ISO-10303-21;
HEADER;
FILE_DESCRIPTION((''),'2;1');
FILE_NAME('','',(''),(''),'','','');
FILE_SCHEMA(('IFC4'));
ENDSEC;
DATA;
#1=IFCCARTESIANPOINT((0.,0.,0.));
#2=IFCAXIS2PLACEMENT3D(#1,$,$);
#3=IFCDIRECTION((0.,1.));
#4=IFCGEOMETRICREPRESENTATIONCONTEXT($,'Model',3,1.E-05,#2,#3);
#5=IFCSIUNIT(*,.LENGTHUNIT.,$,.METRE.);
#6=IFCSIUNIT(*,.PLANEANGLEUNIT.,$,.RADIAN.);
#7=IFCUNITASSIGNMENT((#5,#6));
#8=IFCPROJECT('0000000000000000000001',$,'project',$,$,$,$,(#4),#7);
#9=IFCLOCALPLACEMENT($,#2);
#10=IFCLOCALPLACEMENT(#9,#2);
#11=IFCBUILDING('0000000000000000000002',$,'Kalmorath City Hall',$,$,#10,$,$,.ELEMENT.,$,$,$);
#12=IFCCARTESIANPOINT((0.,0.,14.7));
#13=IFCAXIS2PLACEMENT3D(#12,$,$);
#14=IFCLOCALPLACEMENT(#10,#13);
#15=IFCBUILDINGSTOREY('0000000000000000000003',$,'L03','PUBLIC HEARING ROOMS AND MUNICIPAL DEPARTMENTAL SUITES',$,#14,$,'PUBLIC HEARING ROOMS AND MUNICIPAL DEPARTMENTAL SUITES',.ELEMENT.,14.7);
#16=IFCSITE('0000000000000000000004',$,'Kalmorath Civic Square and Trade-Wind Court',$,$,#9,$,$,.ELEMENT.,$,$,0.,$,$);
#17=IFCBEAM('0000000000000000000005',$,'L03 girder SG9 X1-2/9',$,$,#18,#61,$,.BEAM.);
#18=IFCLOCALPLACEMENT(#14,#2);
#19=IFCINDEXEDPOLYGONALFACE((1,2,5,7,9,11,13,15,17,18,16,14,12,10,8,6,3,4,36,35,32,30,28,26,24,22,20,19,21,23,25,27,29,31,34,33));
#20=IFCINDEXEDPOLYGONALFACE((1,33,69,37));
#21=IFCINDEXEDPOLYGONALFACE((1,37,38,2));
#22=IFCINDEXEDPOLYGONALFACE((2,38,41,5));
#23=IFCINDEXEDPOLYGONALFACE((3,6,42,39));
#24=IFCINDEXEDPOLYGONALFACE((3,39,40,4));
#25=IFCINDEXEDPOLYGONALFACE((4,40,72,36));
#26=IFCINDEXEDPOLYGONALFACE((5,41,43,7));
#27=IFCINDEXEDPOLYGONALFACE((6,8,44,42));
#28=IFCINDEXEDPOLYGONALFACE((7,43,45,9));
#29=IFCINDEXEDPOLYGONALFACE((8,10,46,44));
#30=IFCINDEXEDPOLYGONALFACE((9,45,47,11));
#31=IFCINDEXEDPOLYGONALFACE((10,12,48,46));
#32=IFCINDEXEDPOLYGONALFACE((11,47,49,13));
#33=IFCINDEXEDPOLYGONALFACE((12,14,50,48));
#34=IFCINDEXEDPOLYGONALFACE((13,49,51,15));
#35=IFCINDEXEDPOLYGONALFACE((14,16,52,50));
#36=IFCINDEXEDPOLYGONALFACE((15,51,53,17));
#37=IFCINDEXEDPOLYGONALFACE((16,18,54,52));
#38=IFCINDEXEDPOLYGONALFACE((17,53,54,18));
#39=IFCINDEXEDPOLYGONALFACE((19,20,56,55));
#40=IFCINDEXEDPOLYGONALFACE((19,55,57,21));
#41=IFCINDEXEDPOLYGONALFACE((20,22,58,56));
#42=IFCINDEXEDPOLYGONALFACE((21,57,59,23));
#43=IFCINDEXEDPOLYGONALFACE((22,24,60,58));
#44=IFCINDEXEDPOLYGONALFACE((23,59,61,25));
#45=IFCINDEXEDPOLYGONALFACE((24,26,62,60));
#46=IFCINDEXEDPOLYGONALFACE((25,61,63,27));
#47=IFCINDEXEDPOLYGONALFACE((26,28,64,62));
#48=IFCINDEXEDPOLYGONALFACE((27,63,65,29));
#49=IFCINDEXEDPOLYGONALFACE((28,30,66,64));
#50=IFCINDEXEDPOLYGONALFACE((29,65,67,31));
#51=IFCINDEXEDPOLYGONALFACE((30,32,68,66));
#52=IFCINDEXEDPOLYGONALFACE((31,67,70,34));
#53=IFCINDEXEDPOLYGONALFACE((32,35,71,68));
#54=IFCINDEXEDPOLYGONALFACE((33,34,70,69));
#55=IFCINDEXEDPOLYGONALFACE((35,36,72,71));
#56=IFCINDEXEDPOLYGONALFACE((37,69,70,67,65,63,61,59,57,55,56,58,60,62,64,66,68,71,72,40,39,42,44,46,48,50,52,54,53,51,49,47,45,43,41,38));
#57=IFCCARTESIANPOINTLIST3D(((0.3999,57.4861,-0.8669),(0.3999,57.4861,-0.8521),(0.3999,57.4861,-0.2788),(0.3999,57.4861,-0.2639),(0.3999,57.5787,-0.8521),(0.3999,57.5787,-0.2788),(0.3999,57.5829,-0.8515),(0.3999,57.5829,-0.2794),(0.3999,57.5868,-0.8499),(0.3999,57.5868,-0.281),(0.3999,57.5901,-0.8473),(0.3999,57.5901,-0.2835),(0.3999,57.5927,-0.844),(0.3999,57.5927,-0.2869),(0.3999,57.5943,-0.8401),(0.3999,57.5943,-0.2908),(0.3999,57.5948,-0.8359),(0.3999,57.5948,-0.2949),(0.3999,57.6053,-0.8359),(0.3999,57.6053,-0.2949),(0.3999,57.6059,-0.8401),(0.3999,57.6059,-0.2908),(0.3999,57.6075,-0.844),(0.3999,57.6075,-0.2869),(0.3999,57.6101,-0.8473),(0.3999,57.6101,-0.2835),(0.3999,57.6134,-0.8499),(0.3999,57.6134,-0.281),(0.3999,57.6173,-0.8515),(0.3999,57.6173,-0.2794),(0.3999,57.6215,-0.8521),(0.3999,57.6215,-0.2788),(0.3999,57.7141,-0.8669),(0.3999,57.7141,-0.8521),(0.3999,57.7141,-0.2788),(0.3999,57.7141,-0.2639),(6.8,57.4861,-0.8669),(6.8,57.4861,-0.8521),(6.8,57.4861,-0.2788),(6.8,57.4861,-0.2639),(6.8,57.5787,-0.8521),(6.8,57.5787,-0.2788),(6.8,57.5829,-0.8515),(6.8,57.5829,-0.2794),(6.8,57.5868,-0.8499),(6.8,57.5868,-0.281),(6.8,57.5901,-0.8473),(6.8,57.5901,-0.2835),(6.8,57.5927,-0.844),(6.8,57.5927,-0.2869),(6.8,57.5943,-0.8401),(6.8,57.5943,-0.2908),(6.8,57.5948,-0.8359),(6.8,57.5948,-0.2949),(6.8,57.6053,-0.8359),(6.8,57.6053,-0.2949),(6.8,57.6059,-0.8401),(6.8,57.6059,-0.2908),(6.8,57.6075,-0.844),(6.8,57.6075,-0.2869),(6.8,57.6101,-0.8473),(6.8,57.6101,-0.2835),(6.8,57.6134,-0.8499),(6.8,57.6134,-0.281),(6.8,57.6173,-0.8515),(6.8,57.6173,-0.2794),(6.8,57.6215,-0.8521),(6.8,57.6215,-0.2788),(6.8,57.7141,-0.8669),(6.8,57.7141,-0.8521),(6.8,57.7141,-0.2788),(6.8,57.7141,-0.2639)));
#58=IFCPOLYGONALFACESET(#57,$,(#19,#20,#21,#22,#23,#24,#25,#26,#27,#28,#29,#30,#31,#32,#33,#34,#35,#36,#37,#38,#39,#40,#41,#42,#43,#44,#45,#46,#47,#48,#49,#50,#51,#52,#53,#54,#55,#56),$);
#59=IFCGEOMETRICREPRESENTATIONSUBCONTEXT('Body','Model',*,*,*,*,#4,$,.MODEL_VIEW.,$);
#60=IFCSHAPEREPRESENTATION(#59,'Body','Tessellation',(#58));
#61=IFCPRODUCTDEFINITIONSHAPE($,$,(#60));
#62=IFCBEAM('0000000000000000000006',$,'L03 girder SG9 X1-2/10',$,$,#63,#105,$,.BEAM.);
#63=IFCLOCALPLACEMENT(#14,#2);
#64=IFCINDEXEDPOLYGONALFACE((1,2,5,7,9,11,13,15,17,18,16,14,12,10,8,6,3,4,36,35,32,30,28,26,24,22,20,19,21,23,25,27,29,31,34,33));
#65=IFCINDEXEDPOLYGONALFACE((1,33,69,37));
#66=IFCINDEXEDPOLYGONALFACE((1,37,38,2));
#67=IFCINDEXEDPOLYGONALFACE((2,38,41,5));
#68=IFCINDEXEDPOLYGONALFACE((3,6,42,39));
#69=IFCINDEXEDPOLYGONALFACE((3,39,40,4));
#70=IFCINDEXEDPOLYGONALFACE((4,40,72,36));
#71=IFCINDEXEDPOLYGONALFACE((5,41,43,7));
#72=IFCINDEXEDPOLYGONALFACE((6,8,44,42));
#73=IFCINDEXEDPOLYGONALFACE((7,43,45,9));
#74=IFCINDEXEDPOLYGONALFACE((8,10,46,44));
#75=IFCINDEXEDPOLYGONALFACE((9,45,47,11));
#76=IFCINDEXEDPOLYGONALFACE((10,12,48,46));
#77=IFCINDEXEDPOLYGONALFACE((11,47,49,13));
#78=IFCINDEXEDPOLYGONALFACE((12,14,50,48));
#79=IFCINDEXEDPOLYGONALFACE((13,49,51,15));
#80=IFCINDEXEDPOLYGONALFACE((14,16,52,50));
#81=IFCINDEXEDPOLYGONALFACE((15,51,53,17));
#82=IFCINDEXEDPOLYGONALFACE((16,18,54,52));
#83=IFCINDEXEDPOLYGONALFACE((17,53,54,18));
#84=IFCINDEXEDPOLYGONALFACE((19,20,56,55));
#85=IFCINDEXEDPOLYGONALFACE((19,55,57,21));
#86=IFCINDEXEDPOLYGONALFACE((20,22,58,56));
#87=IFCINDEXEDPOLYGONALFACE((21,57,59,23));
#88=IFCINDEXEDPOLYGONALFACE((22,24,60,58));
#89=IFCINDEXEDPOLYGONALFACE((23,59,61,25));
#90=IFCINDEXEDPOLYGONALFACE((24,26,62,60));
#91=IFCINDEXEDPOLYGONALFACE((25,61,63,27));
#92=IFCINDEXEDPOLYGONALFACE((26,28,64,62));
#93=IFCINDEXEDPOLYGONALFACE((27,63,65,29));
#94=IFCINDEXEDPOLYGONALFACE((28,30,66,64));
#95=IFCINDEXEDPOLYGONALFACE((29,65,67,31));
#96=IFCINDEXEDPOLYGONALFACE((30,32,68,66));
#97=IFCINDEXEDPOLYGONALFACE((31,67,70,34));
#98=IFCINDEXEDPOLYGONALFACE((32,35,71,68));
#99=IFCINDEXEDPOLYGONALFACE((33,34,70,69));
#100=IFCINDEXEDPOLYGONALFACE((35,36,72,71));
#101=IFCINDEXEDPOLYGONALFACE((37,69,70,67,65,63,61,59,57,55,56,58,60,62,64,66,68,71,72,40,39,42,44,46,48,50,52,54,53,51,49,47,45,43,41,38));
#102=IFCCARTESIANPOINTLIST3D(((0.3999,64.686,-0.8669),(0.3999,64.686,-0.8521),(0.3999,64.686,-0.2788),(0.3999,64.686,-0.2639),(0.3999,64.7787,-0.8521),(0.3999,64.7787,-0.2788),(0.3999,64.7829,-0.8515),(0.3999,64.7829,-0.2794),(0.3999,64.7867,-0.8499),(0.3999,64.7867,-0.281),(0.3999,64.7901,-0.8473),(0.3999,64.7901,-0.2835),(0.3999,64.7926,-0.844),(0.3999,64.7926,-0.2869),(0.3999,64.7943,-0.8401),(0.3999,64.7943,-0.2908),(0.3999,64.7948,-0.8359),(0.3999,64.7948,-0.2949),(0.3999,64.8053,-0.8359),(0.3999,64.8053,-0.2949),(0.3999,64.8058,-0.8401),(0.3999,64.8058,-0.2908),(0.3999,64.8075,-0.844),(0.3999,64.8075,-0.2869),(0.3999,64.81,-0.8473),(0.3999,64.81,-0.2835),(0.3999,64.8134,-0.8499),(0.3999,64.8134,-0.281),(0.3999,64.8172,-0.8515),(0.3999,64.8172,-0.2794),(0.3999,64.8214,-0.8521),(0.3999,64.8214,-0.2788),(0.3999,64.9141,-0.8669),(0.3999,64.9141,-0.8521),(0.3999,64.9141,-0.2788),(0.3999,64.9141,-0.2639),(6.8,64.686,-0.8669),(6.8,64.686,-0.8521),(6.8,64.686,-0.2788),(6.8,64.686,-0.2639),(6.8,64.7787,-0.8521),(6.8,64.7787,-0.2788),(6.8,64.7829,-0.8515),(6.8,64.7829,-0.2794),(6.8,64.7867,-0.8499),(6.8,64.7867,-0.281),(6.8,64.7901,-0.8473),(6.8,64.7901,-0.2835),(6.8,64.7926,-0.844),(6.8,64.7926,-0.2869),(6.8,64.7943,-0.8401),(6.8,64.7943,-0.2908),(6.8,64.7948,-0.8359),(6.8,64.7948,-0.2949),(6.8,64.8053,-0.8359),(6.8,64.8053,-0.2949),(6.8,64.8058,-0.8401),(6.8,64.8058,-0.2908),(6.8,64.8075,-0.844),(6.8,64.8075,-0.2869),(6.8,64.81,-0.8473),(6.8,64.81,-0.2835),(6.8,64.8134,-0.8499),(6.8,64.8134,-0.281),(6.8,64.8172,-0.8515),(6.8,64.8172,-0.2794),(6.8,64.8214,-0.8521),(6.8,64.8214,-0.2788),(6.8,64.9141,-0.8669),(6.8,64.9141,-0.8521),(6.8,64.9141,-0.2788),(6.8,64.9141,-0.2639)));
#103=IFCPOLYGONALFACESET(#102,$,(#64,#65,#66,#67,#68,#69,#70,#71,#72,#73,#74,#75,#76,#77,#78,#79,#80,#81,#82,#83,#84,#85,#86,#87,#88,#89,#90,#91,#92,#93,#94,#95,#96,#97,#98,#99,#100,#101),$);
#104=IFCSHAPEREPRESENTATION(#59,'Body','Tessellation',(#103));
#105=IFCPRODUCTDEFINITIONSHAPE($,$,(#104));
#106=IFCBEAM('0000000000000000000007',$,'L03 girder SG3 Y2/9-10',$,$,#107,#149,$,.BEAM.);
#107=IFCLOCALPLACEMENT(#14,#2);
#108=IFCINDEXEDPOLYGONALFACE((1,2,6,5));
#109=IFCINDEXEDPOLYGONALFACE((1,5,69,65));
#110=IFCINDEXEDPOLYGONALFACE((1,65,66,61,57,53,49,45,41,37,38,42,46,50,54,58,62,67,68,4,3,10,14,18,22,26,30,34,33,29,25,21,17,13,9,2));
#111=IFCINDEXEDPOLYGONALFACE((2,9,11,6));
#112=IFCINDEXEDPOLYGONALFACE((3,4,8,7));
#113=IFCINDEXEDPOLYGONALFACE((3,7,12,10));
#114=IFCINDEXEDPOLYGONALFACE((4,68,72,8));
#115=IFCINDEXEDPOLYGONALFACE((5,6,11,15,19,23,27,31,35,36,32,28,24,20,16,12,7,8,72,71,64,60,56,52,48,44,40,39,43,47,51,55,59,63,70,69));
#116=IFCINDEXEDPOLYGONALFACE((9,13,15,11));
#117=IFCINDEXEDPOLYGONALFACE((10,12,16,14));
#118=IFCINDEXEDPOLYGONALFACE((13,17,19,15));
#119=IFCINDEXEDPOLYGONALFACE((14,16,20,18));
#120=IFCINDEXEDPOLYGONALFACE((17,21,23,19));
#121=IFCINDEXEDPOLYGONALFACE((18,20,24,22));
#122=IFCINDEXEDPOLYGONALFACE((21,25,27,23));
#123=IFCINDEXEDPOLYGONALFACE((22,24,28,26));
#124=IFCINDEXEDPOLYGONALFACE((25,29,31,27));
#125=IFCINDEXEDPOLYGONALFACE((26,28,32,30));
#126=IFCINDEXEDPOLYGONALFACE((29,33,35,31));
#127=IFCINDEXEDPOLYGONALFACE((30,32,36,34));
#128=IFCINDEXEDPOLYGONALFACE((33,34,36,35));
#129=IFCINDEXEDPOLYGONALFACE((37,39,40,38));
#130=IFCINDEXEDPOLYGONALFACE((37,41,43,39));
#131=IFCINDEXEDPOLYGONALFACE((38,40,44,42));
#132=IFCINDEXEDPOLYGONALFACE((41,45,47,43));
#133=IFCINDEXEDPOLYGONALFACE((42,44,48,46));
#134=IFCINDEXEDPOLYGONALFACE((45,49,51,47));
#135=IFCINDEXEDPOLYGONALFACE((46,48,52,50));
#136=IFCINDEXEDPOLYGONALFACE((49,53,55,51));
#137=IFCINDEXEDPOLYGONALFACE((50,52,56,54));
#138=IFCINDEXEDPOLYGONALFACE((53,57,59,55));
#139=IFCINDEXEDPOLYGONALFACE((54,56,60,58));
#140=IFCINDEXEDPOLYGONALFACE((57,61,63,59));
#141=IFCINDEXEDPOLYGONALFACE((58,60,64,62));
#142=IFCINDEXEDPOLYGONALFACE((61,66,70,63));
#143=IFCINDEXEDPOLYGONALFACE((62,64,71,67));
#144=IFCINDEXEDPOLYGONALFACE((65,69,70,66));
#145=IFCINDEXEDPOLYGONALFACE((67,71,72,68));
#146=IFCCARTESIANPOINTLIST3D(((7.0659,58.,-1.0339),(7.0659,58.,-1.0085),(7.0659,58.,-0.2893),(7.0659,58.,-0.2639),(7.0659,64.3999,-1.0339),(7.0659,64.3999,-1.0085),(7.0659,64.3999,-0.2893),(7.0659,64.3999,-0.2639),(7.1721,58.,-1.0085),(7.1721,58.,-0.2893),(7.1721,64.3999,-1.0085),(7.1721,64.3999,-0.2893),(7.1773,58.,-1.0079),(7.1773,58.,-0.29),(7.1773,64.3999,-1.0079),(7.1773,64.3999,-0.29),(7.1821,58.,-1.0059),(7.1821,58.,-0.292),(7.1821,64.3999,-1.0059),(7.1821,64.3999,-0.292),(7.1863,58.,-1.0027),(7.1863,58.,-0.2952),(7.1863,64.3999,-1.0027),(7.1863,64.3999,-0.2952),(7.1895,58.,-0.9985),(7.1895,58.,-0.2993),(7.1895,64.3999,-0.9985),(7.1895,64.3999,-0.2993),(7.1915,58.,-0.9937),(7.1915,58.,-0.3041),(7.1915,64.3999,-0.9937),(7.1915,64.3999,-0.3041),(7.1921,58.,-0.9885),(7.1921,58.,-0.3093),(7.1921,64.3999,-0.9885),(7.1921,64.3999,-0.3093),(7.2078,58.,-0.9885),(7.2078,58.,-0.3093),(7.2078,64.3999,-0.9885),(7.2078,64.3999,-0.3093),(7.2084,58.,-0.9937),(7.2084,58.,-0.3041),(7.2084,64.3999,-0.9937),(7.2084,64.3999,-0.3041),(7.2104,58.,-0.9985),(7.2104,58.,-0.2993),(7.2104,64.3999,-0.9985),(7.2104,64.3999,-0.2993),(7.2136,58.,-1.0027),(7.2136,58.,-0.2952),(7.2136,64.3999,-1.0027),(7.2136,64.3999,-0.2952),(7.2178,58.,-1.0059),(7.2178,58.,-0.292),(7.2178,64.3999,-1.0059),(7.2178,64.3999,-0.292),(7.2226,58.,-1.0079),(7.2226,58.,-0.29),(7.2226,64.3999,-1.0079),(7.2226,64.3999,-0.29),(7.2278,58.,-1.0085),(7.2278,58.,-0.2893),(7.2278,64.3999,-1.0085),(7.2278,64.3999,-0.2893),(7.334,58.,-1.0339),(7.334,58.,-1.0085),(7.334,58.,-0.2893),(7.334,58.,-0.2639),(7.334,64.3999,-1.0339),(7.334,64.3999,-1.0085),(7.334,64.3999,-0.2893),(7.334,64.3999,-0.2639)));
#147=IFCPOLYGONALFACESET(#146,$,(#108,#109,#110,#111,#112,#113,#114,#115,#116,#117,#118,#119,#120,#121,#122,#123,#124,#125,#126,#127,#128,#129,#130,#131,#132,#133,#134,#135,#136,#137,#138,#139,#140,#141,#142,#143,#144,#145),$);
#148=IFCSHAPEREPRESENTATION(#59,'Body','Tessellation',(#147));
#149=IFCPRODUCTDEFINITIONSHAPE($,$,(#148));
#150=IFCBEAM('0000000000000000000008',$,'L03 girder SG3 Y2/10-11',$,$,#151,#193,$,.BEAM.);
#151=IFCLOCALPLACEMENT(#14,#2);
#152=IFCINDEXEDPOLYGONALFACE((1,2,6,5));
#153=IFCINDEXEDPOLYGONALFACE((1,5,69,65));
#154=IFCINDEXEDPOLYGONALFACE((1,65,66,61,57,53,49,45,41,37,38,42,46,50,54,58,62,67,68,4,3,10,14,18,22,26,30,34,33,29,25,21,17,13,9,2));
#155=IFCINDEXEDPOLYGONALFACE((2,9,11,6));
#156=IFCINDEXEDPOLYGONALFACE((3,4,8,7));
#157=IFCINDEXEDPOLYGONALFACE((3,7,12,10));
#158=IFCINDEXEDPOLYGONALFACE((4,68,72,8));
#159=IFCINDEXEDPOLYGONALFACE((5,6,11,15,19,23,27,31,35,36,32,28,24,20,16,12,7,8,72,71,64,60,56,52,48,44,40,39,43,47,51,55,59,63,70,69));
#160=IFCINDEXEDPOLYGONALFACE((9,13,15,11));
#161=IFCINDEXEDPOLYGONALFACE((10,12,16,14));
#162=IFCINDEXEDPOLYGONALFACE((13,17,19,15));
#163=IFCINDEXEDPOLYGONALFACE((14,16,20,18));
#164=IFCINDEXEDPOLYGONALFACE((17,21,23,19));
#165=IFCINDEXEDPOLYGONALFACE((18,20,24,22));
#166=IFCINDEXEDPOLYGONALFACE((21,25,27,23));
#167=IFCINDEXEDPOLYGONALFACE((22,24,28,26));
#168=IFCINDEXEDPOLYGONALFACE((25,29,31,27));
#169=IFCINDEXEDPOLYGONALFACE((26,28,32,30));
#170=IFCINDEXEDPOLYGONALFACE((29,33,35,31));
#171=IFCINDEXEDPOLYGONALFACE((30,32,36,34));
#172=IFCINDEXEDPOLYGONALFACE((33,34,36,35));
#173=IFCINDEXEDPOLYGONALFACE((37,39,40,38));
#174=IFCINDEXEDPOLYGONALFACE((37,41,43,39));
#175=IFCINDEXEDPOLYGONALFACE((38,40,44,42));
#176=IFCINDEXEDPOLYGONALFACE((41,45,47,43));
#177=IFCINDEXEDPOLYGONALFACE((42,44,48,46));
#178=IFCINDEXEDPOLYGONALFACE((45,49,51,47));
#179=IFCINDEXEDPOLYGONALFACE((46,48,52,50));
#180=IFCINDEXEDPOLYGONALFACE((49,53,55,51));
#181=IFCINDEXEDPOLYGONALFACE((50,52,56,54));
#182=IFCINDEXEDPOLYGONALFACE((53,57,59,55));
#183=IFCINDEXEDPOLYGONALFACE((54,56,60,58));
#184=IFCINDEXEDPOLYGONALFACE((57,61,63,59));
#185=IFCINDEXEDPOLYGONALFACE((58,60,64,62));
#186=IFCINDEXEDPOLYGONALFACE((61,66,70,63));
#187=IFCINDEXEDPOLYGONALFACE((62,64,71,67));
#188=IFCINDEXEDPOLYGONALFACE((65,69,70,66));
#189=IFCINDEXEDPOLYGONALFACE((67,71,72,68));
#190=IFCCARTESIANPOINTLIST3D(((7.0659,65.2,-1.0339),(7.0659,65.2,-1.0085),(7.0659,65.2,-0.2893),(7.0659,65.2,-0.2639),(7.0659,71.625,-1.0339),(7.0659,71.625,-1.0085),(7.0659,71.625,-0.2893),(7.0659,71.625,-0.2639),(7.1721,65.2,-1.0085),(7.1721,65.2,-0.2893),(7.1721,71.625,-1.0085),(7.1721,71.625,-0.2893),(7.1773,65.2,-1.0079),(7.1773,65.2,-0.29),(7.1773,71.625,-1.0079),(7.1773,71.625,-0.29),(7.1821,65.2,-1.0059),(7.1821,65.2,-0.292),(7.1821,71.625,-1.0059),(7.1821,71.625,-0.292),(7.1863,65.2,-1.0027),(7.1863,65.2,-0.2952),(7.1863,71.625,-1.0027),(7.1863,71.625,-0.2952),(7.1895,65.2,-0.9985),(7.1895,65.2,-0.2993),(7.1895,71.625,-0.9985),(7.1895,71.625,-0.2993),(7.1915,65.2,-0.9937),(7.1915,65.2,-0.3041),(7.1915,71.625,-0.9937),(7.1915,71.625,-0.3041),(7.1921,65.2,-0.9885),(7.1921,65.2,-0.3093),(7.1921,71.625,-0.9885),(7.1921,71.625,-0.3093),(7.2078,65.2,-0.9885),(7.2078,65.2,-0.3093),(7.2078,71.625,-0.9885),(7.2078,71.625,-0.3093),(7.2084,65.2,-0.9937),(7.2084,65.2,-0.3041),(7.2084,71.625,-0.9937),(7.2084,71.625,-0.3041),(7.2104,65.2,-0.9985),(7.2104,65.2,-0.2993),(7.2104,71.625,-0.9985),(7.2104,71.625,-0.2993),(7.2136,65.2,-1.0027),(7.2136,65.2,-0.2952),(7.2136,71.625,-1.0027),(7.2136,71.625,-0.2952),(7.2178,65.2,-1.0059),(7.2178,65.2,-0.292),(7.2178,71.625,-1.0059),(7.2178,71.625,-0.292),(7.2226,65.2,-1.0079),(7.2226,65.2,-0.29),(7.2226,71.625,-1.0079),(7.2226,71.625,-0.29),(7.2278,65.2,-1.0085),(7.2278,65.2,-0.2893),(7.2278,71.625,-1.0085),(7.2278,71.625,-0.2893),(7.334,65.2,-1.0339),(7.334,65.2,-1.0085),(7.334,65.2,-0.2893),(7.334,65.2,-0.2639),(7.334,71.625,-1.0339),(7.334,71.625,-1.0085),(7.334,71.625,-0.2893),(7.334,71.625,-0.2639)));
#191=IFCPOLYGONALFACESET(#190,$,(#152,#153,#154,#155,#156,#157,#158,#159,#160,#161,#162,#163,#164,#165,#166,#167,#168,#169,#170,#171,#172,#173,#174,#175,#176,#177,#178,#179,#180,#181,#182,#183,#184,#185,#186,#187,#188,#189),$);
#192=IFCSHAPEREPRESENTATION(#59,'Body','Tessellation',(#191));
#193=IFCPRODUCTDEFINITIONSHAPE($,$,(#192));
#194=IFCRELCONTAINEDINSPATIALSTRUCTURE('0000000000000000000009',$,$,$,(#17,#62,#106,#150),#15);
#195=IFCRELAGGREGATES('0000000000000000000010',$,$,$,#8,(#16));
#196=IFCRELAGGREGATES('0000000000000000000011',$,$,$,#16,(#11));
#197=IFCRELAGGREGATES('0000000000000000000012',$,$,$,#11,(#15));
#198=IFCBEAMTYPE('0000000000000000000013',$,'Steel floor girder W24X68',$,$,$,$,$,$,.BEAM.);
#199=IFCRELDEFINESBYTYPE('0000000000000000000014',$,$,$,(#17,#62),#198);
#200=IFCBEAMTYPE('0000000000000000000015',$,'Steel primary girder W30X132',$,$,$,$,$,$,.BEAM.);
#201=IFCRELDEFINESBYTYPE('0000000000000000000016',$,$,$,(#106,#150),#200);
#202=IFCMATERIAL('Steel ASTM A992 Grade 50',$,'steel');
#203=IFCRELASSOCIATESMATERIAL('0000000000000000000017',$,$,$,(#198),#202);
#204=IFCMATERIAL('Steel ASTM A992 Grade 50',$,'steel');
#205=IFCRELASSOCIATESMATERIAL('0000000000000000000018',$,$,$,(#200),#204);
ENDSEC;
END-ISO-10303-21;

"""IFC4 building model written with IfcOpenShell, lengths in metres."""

from ifc_helpers import new_model, si_unit, direction, frame, origin, origin_2d, place, context, subcontext, project, spatial, i_section, extrude, material, material_profile, profile_set, type_object, element, save


model = new_model("IFC4")

# Units and contexts
model_context = context("Model", 3, precision=1e-05, world=origin(), true_north=direction((0.0, 1.0)))
body_context = subcontext(model_context, "Body", "Model", "MODEL_VIEW")
ifc_project = project(units=[si_unit("LENGTHUNIT", "METRE"), si_unit("PLANEANGLEUNIT", "RADIAN")], contexts=[model_context])

# Site, building, storey
site_placement = place(None, origin())
site = spatial("IfcSite", under=ifc_project, at=site_placement, Name="Kalmorath Civic Square and Trade-Wind Court", CompositionType="ELEMENT", RefElevation=0.0)
building_placement = place(site_placement, origin())
building = spatial("IfcBuilding", under=site, at=building_placement, Name="Kalmorath City Hall", CompositionType="ELEMENT")
storey_placement = place(building_placement, frame((0.0, 0.0, 14.7)))
storey = spatial("IfcBuildingStorey", under=building, at=storey_placement, Name="L03", Description="PUBLIC HEARING ROOMS AND MUNICIPAL DEPARTMENTAL SUITES", LongName="PUBLIC HEARING ROOMS AND MUNICIPAL DEPARTMENTAL SUITES", CompositionType="ELEMENT", Elevation=14.7)

# Beams
ifc_material_1 = material(Name="Steel ASTM A992 Grade 50", Category="steel")
ifc_material_profile_1 = material_profile(ifc_material_1, i_section(OverallWidth=0.228, OverallDepth=0.603, WebThickness=0.0105, FlangeThickness=0.0149, FilletRadius=0.0161, at=origin_2d()), Name="W24X68")
ifc_profile_set_1 = profile_set([ifc_material_profile_1], Name="Steel ASTM A992 Grade 50")
beam_type_1 = type_object("IfcBeamType", Name="Steel floor girder W24X68", PredefinedType="BEAM", material=ifc_profile_set_1)
for number, where, z_axis, x_axis, name in (
    (1, (0.3999, 57.6001, -0.5654), (1.0, 0.0, 0.0), (0.0, 1.0, 0.0), "L03 girder SG9 X1-2/9"),
    (2, (0.3999, 64.8, -0.5654), (1.0, 0.0, 0.0), (0.0, 1.0, 0.0), "L03 girder SG9 X1-2/10"),
):
    element("IfcBeam", number, at=place(storey_placement, frame(where, z_axis=z_axis, x_axis=x_axis)), inside=storey, type_object=beam_type_1, Name=name, PredefinedType="BEAM", context=body_context, shape_type="SweptSolid", body=[
        extrude(i_section(OverallWidth=0.228, OverallDepth=0.603, WebThickness=0.0105, FlangeThickness=0.0149, FilletRadius=0.0161, at=origin_2d()), origin(), (0.0, 0.0, 1.0), 6.4001),
    ])
ifc_material_2 = material(Name="Steel ASTM A992 Grade 50", Category="steel")
ifc_material_profile_2 = material_profile(ifc_material_2, i_section(OverallWidth=0.2681, OverallDepth=0.77, WebThickness=0.0156, FlangeThickness=0.0254, FilletRadius=0.02, at=origin_2d()), Name="W30X132")
ifc_profile_set_2 = profile_set([ifc_material_profile_2], Name="Steel ASTM A992 Grade 50")
beam_type_2 = type_object("IfcBeamType", Name="Steel primary girder W30X132", PredefinedType="BEAM", material=ifc_profile_set_2)
beam_1_placement = place(storey_placement, frame((7.2, 58.0, -0.6489), z_axis=(0.0, 1.0, 0.0), x_axis=(-1.0, 0.0, 0.0)))
element("IfcBeam", 3, at=beam_1_placement, inside=storey, type_object=beam_type_2, Name="L03 girder SG3 Y2/9-10", PredefinedType="BEAM", context=body_context, shape_type="SweptSolid", body=[
    extrude(i_section(OverallWidth=0.2681, OverallDepth=0.77, WebThickness=0.0156, FlangeThickness=0.0254, FilletRadius=0.02, at=origin_2d()), origin(), (0.0, 0.0, 1.0), 6.3999),
])
beam_2_placement = place(storey_placement, frame((7.2, 65.2, -0.6489), z_axis=(0.0, 1.0, 0.0), x_axis=(-1.0, 0.0, 0.0)))
element("IfcBeam", 4, at=beam_2_placement, inside=storey, type_object=beam_type_2, Name="L03 girder SG3 Y2/10-11", PredefinedType="BEAM", context=body_context, shape_type="SweptSolid", body=[
    extrude(i_section(OverallWidth=0.2681, OverallDepth=0.77, WebThickness=0.0156, FlangeThickness=0.0254, FilletRadius=0.02, at=origin_2d()), origin(), (0.0, 0.0, 1.0), 6.425),
])

save(model, "model.ifc")
